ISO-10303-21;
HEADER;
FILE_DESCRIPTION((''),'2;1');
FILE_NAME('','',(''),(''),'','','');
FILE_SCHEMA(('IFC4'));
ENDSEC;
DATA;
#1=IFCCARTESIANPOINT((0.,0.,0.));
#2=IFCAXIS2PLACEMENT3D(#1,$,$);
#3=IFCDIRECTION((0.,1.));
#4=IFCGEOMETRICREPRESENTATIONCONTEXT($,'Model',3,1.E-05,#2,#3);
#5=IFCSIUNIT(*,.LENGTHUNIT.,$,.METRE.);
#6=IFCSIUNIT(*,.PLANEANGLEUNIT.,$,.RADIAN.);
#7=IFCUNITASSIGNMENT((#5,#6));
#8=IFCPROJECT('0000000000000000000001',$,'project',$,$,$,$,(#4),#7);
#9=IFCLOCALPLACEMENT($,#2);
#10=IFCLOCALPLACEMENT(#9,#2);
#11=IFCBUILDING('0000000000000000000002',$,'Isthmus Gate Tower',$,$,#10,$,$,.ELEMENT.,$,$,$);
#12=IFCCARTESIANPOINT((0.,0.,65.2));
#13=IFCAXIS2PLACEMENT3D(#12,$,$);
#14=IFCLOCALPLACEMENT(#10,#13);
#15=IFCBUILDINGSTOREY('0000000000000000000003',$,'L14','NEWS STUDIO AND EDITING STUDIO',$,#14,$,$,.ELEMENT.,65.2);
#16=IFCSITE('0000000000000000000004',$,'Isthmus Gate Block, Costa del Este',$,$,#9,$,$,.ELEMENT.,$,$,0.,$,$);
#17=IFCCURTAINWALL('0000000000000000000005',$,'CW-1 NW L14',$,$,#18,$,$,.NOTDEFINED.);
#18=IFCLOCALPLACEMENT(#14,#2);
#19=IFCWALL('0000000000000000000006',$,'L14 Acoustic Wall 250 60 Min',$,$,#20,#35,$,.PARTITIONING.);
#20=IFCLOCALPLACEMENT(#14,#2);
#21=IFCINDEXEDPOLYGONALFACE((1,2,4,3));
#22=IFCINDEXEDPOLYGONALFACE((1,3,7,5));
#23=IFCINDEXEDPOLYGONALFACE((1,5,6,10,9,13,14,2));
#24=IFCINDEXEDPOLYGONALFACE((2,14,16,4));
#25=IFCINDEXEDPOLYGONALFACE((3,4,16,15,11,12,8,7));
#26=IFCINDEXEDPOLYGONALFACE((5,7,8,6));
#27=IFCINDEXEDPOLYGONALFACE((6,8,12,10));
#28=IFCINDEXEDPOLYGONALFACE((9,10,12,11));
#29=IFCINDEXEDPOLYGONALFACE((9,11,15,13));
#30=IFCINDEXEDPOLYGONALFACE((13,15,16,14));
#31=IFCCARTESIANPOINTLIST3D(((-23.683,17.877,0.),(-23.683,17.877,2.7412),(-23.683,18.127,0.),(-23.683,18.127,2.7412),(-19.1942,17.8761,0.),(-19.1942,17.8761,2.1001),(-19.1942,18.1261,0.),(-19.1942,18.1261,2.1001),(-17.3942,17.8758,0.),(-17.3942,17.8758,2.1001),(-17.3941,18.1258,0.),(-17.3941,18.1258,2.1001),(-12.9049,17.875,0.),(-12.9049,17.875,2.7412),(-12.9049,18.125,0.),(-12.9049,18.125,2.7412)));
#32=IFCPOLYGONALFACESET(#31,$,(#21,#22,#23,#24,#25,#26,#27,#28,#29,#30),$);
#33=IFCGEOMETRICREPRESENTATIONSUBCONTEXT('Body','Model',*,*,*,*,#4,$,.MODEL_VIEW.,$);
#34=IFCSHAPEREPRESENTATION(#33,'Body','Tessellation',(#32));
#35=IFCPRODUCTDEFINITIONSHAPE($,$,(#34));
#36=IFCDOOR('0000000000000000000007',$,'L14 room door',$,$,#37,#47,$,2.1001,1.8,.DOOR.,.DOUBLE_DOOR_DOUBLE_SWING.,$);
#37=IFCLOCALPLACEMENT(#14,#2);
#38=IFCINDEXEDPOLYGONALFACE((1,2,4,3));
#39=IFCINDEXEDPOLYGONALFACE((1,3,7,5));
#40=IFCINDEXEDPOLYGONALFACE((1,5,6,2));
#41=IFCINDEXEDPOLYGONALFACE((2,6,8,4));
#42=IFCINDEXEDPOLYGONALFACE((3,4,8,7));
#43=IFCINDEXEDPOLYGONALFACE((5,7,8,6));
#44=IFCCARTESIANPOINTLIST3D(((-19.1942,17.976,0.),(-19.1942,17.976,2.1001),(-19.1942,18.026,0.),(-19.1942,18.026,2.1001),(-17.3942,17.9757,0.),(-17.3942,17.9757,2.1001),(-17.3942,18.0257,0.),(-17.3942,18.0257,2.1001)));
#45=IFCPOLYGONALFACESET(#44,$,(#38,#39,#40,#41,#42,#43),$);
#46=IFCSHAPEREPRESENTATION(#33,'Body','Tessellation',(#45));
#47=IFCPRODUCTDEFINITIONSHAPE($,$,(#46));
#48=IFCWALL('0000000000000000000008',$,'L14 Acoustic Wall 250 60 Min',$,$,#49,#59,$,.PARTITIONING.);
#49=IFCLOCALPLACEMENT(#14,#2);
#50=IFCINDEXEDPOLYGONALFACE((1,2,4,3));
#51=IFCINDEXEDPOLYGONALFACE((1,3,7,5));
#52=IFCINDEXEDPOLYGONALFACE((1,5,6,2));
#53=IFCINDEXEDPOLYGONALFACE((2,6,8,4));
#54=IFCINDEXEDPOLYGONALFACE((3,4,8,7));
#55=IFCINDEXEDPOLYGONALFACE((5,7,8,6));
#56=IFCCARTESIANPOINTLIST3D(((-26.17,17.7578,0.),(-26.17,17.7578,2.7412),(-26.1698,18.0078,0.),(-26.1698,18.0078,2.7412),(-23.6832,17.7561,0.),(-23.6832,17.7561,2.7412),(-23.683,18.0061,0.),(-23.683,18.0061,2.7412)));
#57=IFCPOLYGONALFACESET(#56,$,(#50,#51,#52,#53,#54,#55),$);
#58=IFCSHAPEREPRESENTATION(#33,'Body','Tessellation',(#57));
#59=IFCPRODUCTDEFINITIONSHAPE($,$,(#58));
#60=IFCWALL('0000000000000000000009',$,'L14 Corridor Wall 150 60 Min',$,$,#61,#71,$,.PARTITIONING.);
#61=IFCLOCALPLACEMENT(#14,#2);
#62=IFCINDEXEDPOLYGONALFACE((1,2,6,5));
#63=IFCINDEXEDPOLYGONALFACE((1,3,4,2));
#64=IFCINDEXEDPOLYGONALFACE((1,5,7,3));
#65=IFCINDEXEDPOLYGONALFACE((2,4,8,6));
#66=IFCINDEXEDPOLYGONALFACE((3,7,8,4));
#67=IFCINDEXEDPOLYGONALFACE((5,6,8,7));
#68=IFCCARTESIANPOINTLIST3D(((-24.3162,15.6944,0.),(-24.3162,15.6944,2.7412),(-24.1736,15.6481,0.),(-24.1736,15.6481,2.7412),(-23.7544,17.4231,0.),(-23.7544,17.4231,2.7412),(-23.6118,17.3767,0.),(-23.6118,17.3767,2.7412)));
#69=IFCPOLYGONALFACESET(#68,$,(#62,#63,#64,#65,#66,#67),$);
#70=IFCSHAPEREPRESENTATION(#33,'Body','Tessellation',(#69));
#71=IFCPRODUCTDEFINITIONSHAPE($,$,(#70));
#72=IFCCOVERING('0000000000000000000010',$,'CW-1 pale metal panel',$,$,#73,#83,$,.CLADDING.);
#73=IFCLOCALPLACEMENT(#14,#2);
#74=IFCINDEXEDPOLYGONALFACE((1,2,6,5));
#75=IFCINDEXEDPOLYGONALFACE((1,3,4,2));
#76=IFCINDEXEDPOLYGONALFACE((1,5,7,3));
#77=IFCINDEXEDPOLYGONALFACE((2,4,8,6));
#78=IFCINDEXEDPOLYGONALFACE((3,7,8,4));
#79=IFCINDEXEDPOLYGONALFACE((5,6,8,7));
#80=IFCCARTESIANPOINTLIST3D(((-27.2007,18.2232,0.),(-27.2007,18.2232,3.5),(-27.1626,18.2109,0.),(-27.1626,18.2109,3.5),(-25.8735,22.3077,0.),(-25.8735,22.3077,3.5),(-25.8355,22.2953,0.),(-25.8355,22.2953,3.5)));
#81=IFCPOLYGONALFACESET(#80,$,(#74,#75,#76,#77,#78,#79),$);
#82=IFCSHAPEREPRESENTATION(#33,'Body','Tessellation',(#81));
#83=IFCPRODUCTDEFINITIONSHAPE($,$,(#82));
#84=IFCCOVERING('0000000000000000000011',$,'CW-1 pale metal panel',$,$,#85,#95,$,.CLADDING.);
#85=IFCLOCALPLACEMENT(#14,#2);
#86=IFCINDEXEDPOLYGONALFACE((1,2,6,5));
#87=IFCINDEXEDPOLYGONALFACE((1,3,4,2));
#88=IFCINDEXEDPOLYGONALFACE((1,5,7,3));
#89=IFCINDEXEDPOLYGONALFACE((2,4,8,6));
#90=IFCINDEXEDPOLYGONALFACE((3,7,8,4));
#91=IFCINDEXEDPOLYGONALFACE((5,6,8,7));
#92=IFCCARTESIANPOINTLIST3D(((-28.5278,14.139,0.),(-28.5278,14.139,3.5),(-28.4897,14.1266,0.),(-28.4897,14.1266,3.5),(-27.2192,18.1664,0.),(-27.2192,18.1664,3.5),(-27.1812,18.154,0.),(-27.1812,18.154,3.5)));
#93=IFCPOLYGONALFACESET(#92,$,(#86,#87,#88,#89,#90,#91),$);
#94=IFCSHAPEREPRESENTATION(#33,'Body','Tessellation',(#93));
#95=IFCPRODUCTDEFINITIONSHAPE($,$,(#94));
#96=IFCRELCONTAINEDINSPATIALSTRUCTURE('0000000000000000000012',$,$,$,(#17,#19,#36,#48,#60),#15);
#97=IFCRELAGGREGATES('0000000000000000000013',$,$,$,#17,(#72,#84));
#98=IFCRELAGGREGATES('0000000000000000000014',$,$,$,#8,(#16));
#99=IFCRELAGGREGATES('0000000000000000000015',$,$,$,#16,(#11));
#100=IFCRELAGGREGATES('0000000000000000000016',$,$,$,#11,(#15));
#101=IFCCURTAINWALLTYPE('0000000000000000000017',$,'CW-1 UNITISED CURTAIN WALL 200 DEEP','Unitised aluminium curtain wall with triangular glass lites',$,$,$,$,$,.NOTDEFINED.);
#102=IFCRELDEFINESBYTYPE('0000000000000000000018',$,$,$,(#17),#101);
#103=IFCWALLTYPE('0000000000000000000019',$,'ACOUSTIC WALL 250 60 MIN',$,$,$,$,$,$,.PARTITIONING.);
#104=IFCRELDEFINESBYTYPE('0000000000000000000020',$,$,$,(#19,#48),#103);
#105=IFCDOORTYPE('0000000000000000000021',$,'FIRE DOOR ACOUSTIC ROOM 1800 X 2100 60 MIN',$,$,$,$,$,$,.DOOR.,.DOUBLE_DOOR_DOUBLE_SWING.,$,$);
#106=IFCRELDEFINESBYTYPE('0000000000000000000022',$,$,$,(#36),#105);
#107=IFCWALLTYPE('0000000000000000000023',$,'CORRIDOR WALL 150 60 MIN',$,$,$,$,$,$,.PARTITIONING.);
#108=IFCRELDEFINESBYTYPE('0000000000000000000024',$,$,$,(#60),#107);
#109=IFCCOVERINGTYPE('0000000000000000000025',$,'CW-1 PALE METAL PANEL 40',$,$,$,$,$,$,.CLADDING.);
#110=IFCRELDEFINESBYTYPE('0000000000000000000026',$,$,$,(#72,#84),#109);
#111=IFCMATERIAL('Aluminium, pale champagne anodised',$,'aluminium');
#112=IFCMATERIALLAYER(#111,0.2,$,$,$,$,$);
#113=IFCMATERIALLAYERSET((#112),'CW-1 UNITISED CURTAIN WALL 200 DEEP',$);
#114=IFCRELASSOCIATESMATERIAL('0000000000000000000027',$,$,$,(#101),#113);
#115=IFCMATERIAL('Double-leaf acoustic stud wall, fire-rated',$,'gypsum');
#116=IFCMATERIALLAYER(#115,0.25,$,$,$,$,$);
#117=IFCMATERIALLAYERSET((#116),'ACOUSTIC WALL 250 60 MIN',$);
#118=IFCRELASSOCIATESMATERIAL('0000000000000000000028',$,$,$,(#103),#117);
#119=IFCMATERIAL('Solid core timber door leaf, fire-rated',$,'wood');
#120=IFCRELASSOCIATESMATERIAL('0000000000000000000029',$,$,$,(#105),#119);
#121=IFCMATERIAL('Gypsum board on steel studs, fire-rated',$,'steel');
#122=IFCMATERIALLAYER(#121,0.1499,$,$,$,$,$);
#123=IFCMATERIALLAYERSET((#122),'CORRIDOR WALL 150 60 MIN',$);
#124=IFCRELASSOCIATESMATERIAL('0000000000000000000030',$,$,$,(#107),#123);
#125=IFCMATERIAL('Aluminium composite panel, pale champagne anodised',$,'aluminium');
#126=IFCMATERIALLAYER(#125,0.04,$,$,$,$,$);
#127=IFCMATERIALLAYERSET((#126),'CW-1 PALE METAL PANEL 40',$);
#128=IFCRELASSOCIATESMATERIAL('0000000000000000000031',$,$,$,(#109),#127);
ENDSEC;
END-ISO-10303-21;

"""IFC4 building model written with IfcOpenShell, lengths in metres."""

from ifc_helpers import new_model, si_unit, direction, frame, frame_2d, origin, origin_2d, place, context, subcontext, project, spatial, rectangle, extrude, material, layer, layer_set, type_object, element, fill, aggregate, save


model = new_model("IFC4")

# Units and contexts
model_context = context("Model", 3, precision=1e-05, world=origin(), true_north=direction((0.0, 1.0)))
body_context = subcontext(model_context, "Body", "Model", "MODEL_VIEW")
ifc_project = project(units=[si_unit("LENGTHUNIT", "METRE"), si_unit("PLANEANGLEUNIT", "RADIAN")], contexts=[model_context])

# Site, building, storey
site_placement = place(None, origin())
site = spatial("IfcSite", under=ifc_project, at=site_placement, Name="Isthmus Gate Block, Costa del Este", CompositionType="ELEMENT", RefElevation=0.0)
building_placement = place(site_placement, origin())
building = spatial("IfcBuilding", under=site, at=building_placement, Name="Isthmus Gate Tower", CompositionType="ELEMENT")
storey_placement = place(building_placement, frame((0.0, 0.0, 65.2)))
storey = spatial("IfcBuildingStorey", under=building, at=storey_placement, Name="L14", Description="NEWS STUDIO AND EDITING STUDIO", CompositionType="ELEMENT", Elevation=65.2)

# Shared definitions
ifc_material_1 = material(Name="Aluminium, pale champagne anodised", Category="aluminium")
ifc_layer_1 = layer(ifc_material_1, 0.2)
ifc_layer_set_1 = layer_set([ifc_layer_1], Name="CW-1 UNITISED CURTAIN WALL 200 DEEP")
curtain_wall_type = type_object("IfcCurtainWallType", Name="CW-1 UNITISED CURTAIN WALL 200 DEEP", Description="Unitised aluminium curtain wall with triangular glass lites", PredefinedType="NOTDEFINED", material=ifc_layer_set_1)

# Curtain wall
curtain_wall_1_placement = place(storey_placement, origin())
curtain_wall_1 = element("IfcCurtainWall", 1, at=curtain_wall_1_placement, inside=storey, type_object=curtain_wall_type, Name="CW-1 NW L14", PredefinedType="NOTDEFINED")

# Wall, opening, door
ifc_material_2 = material(Name="Double-leaf acoustic stud wall, fire-rated", Category="gypsum")
ifc_layer_2 = layer(ifc_material_2, 0.25)
ifc_layer_set_2 = layer_set([ifc_layer_2], Name="ACOUSTIC WALL 250 60 MIN")
wall_type_1 = type_object("IfcWallType", Name="ACOUSTIC WALL 250 60 MIN", PredefinedType="PARTITIONING", material=ifc_layer_set_2)
wall_1_placement = place(storey_placement, frame((-23.6831, 18.002, 0.0), z_axis=(0.0, 0.0, 1.0), x_axis=(1.0, -0.000181, 0.0)))
wall_1 = element("IfcWall", 2, at=wall_1_placement, inside=storey, type_object=wall_type_1, Name="L14 Acoustic Wall 250 60 Min", PredefinedType="PARTITIONING", context=body_context, shape_type="SweptSolid", body=[
    extrude(rectangle(XDim=10.7781, YDim=0.25, at=frame_2d((5.3892, 0.0))), origin(), (0.0, 0.0, 1.0), 2.7412),
])
opening_placement = place(wall_1_placement, frame((4.489, 0.0, 0.0)))
opening = element("IfcOpeningElement", 3, at=opening_placement, cuts=wall_1, PredefinedType="OPENING", context=body_context, shape_type="SweptSolid", body=[
    extrude(rectangle(XDim=1.8, YDim=2.1001, at=frame_2d((0.8999, 1.05))), frame((0.0, 0.135, 0.0), z_axis=(0.0, -1.0, 0.0), x_axis=(1.0, 0.0, 0.0)), (0.0, 0.0, 1.0), 0.27),
])
ifc_material_3 = material(Name="Solid core timber door leaf, fire-rated", Category="wood")
door_type = type_object("IfcDoorType", Name="FIRE DOOR ACOUSTIC ROOM 1800 X 2100 60 MIN", OperationType="DOUBLE_DOOR_DOUBLE_SWING", PredefinedType="DOOR", material=ifc_material_3)
door_placement = place(opening_placement, origin())
door = element("IfcDoor", 4, at=door_placement, inside=storey, type_object=door_type, Name="L14 room door", OperationType="DOUBLE_DOOR_DOUBLE_SWING", OverallHeight=2.1001, OverallWidth=1.8, PredefinedType="DOOR", context=body_context, shape_type="SweptSolid", body=[
    extrude(rectangle(XDim=1.8, YDim=2.1001, at=frame_2d((0.8999, 1.05))), frame((0.0, 0.0249, 0.0), z_axis=(0.0, -1.0, 0.0), x_axis=(1.0, 0.0, 0.0)), (0.0, 0.0, 1.0), 0.05),
])
fill(opening, door)

# Walls
wall_2_placement = place(storey_placement, frame((-26.1699, 17.8828, 0.0), z_axis=(0.0, 0.0, 1.0), x_axis=(1.0, -0.000687, 0.0)))
element("IfcWall", 5, at=wall_2_placement, inside=storey, type_object=wall_type_1, Name="L14 Acoustic Wall 250 60 Min", PredefinedType="PARTITIONING", context=body_context, shape_type="SweptSolid", body=[
    extrude(rectangle(XDim=2.4868, YDim=0.25, at=frame_2d((1.2434, 0.0))), origin(), (0.0, 0.0, 1.0), 2.7412),
])
ifc_material_4 = material(Name="Gypsum board on steel studs, fire-rated", Category="steel")
ifc_layer_3 = layer(ifc_material_4, 0.1499)
ifc_layer_set_3 = layer_set([ifc_layer_3], Name="CORRIDOR WALL 150 60 MIN")
wall_type_2 = type_object("IfcWallType", Name="CORRIDOR WALL 150 60 MIN", PredefinedType="PARTITIONING", material=ifc_layer_set_3)
wall_3_placement = place(storey_placement, frame((-24.2449, 15.6714, 0.0), z_axis=(0.0, 0.0, 1.0), x_axis=(0.309086, 0.951034, 0.0)))
element("IfcWall", 6, at=wall_3_placement, inside=storey, type_object=wall_type_2, Name="L14 Corridor Wall 150 60 Min", PredefinedType="PARTITIONING", context=body_context, shape_type="SweptSolid", body=[
    extrude(rectangle(XDim=1.8176, YDim=0.1499, at=frame_2d((0.9087, 0.0))), origin(), (0.0, 0.0, 1.0), 2.7412),
])

# Coverings
ifc_material_5 = material(Name="Aluminium composite panel, pale champagne anodised", Category="aluminium")
ifc_layer_4 = layer(ifc_material_5, 0.04)
ifc_layer_set_4 = layer_set([ifc_layer_4], Name="CW-1 PALE METAL PANEL 40")
covering_type = type_object("IfcCoveringType", Name="CW-1 PALE METAL PANEL 40", PredefinedType="CLADDING", material=ifc_layer_set_4)
covering_1_placement = place(storey_placement, frame((-26.5181, 20.2593, 0.0), z_axis=(0.0, 0.0, 1.0), x_axis=(-0.309017, -0.951057, 0.0)))
covering_1 = element("IfcCovering", 7, at=covering_1_placement, type_object=covering_type, Name="CW-1 pale metal panel", PredefinedType="CLADDING", context=body_context, shape_type="SweptSolid", body=[
    extrude(rectangle(XDim=4.2947, YDim=0.04, at=origin_2d()), origin(), (0.0, 0.0, 1.0), 3.5),
])
covering_2_placement = place(storey_placement, frame((-27.8545, 16.1465, 0.0), z_axis=(0.0, 0.0, 1.0), x_axis=(-0.309017, -0.951057, 0.0)))
covering_2 = element("IfcCovering", 8, at=covering_2_placement, type_object=covering_type, Name="CW-1 pale metal panel", PredefinedType="CLADDING", context=body_context, shape_type="SweptSolid", body=[
    extrude(rectangle(XDim=4.2346, YDim=0.04, at=origin_2d()), origin(), (0.0, 0.0, 1.0), 3.5),
])
aggregate(curtain_wall_1, [covering_1, covering_2])

save(model, "model.ifc")
